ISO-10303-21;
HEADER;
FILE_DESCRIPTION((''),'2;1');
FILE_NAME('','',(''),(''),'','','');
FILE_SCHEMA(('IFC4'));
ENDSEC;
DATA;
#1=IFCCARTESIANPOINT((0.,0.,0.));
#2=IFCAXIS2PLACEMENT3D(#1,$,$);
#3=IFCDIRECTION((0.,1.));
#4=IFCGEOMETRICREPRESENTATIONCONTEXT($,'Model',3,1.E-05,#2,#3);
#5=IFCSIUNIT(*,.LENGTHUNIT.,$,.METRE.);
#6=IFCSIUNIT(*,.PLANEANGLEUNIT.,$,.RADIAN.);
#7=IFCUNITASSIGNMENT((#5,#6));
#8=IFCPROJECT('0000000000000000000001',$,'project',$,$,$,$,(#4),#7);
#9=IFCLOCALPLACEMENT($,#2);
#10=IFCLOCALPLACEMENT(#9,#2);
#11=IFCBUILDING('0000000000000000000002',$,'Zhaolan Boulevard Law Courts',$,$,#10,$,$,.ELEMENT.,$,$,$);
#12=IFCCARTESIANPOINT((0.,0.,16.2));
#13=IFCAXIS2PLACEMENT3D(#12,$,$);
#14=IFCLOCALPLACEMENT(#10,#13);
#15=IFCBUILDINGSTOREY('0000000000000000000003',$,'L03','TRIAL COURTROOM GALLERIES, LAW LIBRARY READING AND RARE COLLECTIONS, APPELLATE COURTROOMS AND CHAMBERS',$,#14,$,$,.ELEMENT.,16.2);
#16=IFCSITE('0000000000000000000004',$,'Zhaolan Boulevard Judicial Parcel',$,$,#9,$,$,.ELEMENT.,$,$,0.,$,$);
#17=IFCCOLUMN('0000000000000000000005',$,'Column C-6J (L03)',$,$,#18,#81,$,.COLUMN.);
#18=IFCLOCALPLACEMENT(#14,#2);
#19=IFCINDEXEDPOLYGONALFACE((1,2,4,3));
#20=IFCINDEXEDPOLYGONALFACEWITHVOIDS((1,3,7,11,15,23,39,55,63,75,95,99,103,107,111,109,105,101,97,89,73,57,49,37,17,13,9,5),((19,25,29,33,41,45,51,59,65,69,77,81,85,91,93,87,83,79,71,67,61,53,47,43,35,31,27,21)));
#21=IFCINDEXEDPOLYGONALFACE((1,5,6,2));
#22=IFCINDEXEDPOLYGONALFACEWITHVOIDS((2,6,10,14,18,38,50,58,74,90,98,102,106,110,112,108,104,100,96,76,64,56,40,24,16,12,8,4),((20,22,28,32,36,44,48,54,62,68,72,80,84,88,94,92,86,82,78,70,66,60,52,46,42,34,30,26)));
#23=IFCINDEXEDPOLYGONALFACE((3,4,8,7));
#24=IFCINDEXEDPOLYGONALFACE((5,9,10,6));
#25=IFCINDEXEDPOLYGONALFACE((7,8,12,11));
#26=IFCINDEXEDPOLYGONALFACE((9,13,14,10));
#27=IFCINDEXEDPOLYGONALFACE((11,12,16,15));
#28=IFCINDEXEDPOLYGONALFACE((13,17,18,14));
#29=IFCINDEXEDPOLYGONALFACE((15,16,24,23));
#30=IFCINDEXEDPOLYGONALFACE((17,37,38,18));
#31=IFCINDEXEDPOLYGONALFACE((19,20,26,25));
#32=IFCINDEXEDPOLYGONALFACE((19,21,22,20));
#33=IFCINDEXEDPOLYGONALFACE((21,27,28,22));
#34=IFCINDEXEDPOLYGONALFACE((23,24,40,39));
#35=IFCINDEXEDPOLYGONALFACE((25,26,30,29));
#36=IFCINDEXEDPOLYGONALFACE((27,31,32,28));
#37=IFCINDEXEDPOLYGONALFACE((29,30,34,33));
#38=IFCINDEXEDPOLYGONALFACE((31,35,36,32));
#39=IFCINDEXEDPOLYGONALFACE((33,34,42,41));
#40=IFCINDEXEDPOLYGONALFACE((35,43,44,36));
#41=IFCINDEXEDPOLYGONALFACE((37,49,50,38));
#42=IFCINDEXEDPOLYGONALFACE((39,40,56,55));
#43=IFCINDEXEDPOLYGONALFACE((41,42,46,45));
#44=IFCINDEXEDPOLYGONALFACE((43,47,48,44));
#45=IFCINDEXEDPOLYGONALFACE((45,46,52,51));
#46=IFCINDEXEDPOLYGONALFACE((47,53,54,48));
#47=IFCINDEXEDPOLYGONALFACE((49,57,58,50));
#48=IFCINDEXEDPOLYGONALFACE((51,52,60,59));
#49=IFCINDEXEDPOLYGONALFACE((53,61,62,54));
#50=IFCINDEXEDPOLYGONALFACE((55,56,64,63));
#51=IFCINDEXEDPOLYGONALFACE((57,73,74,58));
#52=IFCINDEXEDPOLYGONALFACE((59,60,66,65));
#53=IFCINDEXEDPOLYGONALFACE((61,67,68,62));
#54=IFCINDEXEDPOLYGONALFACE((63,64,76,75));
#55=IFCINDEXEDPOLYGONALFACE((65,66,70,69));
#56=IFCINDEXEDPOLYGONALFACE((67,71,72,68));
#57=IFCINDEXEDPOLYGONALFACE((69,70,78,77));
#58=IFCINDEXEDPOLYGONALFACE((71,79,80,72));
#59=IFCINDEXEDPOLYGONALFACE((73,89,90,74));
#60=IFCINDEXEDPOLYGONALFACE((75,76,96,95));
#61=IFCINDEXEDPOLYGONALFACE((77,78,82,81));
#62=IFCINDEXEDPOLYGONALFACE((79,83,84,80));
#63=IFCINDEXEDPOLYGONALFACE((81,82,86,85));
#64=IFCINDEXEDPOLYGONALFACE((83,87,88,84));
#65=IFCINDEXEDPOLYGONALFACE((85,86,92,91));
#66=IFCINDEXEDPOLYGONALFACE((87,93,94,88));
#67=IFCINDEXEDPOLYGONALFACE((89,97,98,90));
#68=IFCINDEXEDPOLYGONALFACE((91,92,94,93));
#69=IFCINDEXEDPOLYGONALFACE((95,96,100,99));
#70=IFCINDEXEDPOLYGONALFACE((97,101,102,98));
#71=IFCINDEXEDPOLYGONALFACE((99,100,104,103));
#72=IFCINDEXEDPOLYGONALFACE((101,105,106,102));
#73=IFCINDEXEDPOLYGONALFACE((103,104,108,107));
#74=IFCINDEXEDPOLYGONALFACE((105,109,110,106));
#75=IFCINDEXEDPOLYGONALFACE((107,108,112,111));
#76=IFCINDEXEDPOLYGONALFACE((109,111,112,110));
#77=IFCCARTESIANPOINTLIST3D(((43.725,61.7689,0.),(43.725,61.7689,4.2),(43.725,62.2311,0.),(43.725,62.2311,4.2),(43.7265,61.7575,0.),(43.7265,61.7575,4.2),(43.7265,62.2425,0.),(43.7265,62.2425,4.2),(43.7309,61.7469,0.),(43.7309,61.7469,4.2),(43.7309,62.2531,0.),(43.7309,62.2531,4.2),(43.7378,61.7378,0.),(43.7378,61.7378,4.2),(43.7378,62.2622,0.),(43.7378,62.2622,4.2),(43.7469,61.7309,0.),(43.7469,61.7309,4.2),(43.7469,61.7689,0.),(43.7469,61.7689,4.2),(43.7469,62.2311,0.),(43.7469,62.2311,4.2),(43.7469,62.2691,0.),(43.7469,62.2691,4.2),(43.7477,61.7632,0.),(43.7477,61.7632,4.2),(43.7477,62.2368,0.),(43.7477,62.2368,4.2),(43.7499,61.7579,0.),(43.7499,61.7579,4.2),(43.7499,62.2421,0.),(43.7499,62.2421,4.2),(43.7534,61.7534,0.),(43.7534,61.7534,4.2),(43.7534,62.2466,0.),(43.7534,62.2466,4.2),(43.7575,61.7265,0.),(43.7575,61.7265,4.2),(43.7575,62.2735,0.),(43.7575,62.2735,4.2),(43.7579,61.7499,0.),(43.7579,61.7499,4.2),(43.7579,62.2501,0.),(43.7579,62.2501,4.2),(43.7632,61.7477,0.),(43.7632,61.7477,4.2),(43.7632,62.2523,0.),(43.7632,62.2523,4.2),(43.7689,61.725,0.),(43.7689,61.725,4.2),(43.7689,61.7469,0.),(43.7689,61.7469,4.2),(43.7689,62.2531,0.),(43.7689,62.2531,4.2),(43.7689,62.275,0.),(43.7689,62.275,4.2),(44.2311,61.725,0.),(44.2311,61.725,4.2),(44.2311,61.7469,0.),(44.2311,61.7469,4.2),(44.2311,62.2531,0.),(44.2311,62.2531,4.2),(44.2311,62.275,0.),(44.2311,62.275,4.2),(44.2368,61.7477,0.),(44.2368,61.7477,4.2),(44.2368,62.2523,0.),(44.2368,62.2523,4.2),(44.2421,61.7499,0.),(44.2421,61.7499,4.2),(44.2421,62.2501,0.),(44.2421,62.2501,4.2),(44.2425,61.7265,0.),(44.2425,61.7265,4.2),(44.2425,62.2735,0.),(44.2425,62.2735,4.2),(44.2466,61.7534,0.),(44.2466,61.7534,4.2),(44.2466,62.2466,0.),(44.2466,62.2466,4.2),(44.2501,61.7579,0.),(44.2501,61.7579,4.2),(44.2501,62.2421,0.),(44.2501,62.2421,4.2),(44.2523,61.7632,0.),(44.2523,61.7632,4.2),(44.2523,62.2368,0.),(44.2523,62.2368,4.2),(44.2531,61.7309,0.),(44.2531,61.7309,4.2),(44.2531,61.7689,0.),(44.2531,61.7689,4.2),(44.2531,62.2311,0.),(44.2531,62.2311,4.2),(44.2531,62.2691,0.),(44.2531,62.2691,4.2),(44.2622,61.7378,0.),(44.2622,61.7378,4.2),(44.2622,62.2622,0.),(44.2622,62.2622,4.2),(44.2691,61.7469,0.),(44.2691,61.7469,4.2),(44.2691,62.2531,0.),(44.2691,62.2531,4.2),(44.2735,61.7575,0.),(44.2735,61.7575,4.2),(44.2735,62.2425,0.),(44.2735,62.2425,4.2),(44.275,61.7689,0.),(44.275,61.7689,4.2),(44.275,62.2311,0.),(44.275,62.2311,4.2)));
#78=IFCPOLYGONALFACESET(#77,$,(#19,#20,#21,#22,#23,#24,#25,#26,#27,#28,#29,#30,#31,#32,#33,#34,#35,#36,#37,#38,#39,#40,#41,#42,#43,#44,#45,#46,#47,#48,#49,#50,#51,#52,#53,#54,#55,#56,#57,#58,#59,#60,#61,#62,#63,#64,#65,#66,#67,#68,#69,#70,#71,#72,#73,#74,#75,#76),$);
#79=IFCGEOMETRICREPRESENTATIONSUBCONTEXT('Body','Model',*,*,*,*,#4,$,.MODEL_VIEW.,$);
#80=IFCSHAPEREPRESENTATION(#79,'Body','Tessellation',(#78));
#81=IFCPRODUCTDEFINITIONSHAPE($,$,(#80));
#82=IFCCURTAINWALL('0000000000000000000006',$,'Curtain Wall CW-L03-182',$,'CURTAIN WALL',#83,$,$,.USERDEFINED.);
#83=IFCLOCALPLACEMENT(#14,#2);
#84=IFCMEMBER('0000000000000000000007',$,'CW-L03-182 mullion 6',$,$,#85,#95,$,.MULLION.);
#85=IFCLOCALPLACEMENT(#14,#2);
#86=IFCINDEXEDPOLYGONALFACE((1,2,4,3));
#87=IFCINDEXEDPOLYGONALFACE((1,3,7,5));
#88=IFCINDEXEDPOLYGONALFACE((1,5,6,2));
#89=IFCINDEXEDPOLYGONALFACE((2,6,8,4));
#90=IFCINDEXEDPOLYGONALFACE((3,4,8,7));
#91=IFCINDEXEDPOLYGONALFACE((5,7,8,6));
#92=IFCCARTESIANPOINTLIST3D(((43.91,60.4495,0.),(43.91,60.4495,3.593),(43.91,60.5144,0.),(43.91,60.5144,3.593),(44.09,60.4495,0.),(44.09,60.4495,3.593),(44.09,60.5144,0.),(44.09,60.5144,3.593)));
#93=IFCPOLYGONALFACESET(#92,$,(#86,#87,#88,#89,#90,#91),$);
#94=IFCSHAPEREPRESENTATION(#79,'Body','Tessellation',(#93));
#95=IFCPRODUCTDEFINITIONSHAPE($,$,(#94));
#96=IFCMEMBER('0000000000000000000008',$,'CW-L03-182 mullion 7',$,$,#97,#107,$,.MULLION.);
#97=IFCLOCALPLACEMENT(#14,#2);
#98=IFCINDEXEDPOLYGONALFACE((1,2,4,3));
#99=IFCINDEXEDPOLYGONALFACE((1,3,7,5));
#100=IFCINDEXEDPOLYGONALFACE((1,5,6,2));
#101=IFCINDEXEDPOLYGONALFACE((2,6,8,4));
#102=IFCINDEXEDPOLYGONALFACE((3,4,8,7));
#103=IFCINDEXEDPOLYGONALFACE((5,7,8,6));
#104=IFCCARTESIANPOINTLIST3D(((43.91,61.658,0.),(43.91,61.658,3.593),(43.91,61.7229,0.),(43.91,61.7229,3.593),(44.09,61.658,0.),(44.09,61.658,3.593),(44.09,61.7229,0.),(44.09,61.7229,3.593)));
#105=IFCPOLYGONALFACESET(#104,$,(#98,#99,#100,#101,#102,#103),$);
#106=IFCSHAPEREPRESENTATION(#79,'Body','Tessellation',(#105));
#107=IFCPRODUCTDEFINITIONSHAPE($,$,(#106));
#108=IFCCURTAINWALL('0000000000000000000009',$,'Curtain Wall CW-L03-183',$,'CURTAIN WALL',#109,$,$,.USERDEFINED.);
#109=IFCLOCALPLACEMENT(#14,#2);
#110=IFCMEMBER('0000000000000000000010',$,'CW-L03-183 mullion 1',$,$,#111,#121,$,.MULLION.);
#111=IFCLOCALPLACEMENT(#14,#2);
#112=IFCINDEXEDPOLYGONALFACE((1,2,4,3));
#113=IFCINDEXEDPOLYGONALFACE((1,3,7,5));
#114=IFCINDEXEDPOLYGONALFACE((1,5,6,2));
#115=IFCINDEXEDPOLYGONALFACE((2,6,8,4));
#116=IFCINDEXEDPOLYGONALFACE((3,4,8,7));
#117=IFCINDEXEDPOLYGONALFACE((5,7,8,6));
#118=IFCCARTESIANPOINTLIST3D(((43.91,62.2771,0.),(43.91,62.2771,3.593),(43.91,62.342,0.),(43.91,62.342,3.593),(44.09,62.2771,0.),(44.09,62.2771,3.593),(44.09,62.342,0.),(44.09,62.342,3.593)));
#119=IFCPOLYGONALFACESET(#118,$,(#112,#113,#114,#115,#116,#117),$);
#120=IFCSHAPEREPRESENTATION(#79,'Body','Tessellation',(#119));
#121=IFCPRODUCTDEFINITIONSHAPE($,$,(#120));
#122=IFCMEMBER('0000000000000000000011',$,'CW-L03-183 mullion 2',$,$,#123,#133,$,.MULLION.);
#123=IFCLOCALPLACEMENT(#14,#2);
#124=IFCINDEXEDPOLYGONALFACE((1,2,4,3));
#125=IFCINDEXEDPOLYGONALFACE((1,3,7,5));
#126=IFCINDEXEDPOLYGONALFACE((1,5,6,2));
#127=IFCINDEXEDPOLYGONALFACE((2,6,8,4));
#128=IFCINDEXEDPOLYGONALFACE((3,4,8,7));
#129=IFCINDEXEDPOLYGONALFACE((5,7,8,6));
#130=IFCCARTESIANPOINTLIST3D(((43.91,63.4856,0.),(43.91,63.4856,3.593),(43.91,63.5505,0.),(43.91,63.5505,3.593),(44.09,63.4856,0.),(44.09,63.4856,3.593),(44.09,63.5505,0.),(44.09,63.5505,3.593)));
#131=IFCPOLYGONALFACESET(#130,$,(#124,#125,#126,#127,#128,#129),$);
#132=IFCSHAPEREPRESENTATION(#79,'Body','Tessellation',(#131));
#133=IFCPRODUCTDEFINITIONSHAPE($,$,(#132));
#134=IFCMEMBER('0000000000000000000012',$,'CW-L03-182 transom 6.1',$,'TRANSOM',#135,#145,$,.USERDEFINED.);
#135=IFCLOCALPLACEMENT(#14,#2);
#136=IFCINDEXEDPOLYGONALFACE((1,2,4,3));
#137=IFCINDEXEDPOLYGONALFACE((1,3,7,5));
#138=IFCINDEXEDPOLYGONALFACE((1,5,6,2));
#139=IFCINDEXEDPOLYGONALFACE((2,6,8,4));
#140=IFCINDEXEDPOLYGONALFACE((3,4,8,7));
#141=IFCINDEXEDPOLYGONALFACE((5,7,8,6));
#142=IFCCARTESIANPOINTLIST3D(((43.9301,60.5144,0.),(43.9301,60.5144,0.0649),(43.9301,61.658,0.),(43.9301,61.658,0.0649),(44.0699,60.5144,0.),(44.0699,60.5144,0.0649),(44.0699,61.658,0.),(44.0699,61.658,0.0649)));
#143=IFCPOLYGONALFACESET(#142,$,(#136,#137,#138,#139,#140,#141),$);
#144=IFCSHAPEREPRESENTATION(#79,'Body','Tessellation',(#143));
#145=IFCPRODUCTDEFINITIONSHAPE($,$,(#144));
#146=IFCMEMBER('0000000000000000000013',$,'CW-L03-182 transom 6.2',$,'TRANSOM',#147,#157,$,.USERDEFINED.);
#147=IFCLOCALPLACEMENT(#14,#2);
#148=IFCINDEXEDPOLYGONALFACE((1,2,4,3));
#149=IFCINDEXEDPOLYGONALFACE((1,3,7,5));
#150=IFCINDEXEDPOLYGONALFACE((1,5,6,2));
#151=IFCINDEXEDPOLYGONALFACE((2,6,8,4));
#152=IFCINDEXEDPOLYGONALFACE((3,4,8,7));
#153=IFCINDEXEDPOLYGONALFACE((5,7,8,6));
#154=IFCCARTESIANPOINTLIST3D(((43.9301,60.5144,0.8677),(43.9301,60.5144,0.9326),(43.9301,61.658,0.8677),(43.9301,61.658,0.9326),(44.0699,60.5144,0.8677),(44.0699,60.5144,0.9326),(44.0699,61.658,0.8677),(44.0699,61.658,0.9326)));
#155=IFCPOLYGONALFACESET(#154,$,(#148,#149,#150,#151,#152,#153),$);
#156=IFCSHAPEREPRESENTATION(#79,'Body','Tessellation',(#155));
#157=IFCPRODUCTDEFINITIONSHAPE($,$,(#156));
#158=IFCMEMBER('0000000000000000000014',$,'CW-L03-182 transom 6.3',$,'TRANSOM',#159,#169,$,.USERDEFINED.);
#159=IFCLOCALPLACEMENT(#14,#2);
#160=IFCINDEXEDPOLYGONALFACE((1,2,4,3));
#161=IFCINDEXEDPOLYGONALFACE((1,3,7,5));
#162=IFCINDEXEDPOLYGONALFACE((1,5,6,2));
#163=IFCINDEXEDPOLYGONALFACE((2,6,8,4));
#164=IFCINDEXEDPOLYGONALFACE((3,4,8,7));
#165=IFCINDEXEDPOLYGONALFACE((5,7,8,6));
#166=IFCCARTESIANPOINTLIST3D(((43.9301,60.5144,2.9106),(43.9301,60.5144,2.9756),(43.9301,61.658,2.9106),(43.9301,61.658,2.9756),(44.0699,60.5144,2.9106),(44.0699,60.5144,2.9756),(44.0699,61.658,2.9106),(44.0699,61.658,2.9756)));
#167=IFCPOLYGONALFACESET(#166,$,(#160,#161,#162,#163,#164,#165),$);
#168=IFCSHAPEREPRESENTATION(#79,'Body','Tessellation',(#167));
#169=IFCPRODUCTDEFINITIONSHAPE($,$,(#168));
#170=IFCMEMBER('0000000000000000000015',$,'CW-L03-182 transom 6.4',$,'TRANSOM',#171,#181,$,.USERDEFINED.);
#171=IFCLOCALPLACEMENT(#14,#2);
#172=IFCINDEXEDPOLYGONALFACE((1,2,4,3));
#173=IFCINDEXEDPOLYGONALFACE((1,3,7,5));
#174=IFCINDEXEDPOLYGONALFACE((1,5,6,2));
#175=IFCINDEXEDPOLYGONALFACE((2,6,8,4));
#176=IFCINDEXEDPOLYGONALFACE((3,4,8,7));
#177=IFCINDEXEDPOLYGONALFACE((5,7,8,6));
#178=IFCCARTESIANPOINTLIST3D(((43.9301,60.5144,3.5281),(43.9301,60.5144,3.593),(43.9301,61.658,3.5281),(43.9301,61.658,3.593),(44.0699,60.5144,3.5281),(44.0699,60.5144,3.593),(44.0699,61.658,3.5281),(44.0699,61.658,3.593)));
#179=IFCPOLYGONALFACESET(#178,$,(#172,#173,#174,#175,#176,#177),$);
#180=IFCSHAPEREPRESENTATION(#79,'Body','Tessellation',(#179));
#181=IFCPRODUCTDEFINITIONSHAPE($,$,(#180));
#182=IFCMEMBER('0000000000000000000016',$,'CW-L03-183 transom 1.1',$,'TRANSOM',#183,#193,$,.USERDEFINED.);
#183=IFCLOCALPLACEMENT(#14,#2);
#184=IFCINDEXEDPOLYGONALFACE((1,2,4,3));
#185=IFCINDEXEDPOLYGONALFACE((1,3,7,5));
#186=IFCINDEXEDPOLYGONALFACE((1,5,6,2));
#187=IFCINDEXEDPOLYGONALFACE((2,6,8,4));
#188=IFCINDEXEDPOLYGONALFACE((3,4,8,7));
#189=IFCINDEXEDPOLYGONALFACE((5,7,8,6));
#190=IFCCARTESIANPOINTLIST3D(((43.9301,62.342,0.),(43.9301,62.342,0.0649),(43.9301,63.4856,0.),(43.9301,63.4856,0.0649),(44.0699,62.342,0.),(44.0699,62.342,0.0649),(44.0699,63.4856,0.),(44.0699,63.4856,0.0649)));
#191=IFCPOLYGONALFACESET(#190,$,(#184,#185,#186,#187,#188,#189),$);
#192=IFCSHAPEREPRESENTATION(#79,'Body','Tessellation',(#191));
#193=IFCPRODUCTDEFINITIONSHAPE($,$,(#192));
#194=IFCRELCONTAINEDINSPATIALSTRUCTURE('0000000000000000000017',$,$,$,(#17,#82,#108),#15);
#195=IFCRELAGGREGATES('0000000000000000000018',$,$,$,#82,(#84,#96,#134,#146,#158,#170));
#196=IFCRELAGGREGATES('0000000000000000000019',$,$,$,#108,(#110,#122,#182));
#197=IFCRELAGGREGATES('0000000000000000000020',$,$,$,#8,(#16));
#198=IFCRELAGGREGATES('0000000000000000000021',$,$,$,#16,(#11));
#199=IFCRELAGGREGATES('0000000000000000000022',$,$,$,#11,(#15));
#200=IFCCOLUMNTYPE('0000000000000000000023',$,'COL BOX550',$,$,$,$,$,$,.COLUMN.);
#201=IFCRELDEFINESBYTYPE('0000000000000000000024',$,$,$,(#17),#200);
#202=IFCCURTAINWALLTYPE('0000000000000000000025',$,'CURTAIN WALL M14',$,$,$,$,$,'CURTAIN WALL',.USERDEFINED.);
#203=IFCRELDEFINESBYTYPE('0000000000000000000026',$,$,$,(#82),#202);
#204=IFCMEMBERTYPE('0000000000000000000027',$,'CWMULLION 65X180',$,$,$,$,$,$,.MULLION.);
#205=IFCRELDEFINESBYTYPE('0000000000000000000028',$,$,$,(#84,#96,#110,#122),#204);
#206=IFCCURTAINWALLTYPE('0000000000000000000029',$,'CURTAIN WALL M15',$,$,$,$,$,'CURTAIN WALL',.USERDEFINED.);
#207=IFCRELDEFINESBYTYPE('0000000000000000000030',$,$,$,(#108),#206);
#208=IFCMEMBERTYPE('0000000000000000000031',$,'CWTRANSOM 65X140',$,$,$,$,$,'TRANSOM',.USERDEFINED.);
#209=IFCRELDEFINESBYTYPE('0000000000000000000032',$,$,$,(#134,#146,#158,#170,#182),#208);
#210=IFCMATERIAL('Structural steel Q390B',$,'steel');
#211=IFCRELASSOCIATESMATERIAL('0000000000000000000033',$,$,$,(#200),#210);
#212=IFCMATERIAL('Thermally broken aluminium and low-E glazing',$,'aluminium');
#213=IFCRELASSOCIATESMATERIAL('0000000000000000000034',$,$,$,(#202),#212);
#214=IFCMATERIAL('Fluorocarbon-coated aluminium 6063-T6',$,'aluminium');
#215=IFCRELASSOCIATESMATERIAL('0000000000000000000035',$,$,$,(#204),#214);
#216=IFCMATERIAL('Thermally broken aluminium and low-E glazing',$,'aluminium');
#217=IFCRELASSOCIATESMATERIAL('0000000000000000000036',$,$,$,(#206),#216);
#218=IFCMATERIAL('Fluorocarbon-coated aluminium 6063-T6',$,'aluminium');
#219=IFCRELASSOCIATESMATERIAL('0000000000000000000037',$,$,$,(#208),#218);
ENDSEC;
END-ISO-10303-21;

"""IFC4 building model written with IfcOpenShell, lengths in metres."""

from ifc_helpers import new_model, si_unit, direction, frame, origin, origin_2d, place, context, subcontext, project, spatial, rectangle, hollow_rectangle, extrude, material, material_profile, profile_set, type_object, element, aggregate, save


model = new_model("IFC4")

# Units and contexts
model_context = context("Model", 3, precision=1e-05, world=origin(), true_north=direction((0.0, 1.0)))
body_context = subcontext(model_context, "Body", "Model", "MODEL_VIEW")
ifc_project = project(units=[si_unit("LENGTHUNIT", "METRE"), si_unit("PLANEANGLEUNIT", "RADIAN")], contexts=[model_context])

# Site, building, storey
site_placement = place(None, origin())
site = spatial("IfcSite", under=ifc_project, at=site_placement, Name="Zhaolan Boulevard Judicial Parcel", CompositionType="ELEMENT", RefElevation=0.0)
building_placement = place(site_placement, origin())
building = spatial("IfcBuilding", under=site, at=building_placement, Name="Zhaolan Boulevard Law Courts", CompositionType="ELEMENT")
storey_placement = place(building_placement, frame((0.0, 0.0, 16.2)))
storey = spatial("IfcBuildingStorey", under=building, at=storey_placement, Name="L03", Description="TRIAL COURTROOM GALLERIES, LAW LIBRARY READING AND RARE COLLECTIONS, APPELLATE COURTROOMS AND CHAMBERS", CompositionType="ELEMENT", Elevation=16.2)

# Column
ifc_material_1 = material(Name="Structural steel Q390B", Category="steel")
ifc_material_profile_1 = material_profile(ifc_material_1, hollow_rectangle(XDim=0.55, YDim=0.55, WallThickness=0.022, InnerFilletRadius=0.022, OuterFilletRadius=0.0439, at=origin_2d()), Name="BOX550x550x22")
ifc_profile_set_1 = profile_set([ifc_material_profile_1], Name="Structural steel Q390B")
column_type = type_object("IfcColumnType", Name="COL BOX550", PredefinedType="COLUMN", material=ifc_profile_set_1)
column_placement = place(storey_placement, frame((44.0, 62.0, 0.0), z_axis=(0.0, 0.0, 1.0), x_axis=(1.0, 0.0, 0.0)))
element("IfcColumn", 1, at=column_placement, inside=storey, type_object=column_type, Name="Column C-6J (L03)", PredefinedType="COLUMN", context=body_context, shape_type="SweptSolid", body=[
    extrude(hollow_rectangle(XDim=0.55, YDim=0.55, WallThickness=0.022, InnerFilletRadius=0.022, OuterFilletRadius=0.0439, at=origin_2d()), origin(), (0.0, 0.0, 1.0), 4.2),
])

# Curtain walls, members
ifc_material_2 = material(Name="Thermally broken aluminium and low-E glazing", Category="aluminium")
curtain_wall_type_1 = type_object("IfcCurtainWallType", Name="CURTAIN WALL M14", ElementType="CURTAIN WALL", PredefinedType="USERDEFINED", material=ifc_material_2)
curtain_wall_1_placement = place(storey_placement, origin())
curtain_wall_1 = element("IfcCurtainWall", 2, at=curtain_wall_1_placement, inside=storey, type_object=curtain_wall_type_1, Name="Curtain Wall CW-L03-182", ObjectType="CURTAIN WALL", PredefinedType="USERDEFINED")
ifc_material_3 = material(Name="Fluorocarbon-coated aluminium 6063-T6", Category="aluminium")
ifc_material_profile_2 = material_profile(ifc_material_3, rectangle(XDim=0.1799, YDim=0.0649, at=origin_2d()), Name="AL65x180")
ifc_profile_set_2 = profile_set([ifc_material_profile_2], Name="Fluorocarbon-coated aluminium 6063-T6")
member_type_1 = type_object("IfcMemberType", Name="CWMULLION 65X180", PredefinedType="MULLION", material=ifc_profile_set_2)
member_1_placement = place(storey_placement, frame((44.0, 60.4819, 0.0), z_axis=(0.0, 0.0, 1.0), x_axis=(-1.0, 0.0, 0.0)))
member_1 = element("IfcMember", 3, at=member_1_placement, type_object=member_type_1, Name="CW-L03-182 mullion 6", PredefinedType="MULLION", context=body_context, shape_type="SweptSolid", body=[
    extrude(rectangle(XDim=0.1799, YDim=0.0649, at=origin_2d()), origin(), (0.0, 0.0, 1.0), 3.593),
])
member_2_placement = place(storey_placement, frame((44.0, 61.6904, 0.0), z_axis=(0.0, 0.0, 1.0), x_axis=(-1.0, 0.0, 0.0)))
member_2 = element("IfcMember", 4, at=member_2_placement, type_object=member_type_1, Name="CW-L03-182 mullion 7", PredefinedType="MULLION", context=body_context, shape_type="SweptSolid", body=[
    extrude(rectangle(XDim=0.1799, YDim=0.0649, at=origin_2d()), origin(), (0.0, 0.0, 1.0), 3.593),
])
ifc_material_4 = material(Name="Thermally broken aluminium and low-E glazing", Category="aluminium")
curtain_wall_type_2 = type_object("IfcCurtainWallType", Name="CURTAIN WALL M15", ElementType="CURTAIN WALL", PredefinedType="USERDEFINED", material=ifc_material_4)
curtain_wall_2_placement = place(storey_placement, origin())
curtain_wall_2 = element("IfcCurtainWall", 5, at=curtain_wall_2_placement, inside=storey, type_object=curtain_wall_type_2, Name="Curtain Wall CW-L03-183", ObjectType="CURTAIN WALL", PredefinedType="USERDEFINED")
member_3_placement = place(storey_placement, frame((44.0, 62.3096, 0.0), z_axis=(0.0, 0.0, 1.0), x_axis=(-1.0, 0.0, 0.0)))
member_3 = element("IfcMember", 6, at=member_3_placement, type_object=member_type_1, Name="CW-L03-183 mullion 1", PredefinedType="MULLION", context=body_context, shape_type="SweptSolid", body=[
    extrude(rectangle(XDim=0.1799, YDim=0.0649, at=origin_2d()), origin(), (0.0, 0.0, 1.0), 3.593),
])
member_4_placement = place(storey_placement, frame((44.0, 63.5181, 0.0), z_axis=(0.0, 0.0, 1.0), x_axis=(-1.0, 0.0, 0.0)))
member_4 = element("IfcMember", 7, at=member_4_placement, type_object=member_type_1, Name="CW-L03-183 mullion 2", PredefinedType="MULLION", context=body_context, shape_type="SweptSolid", body=[
    extrude(rectangle(XDim=0.1799, YDim=0.0649, at=origin_2d()), origin(), (0.0, 0.0, 1.0), 3.593),
])

# Members
ifc_material_5 = material(Name="Fluorocarbon-coated aluminium 6063-T6", Category="aluminium")
ifc_material_profile_3 = material_profile(ifc_material_5, rectangle(XDim=0.1399, YDim=0.0649, at=origin_2d()), Name="AL65x140")
ifc_profile_set_3 = profile_set([ifc_material_profile_3], Name="Fluorocarbon-coated aluminium 6063-T6")
member_type_2 = type_object("IfcMemberType", Name="CWTRANSOM 65X140", ElementType="TRANSOM", PredefinedType="USERDEFINED", material=ifc_profile_set_3)
member_5_placement = place(storey_placement, frame((44.0, 60.5144, 0.0325), z_axis=(0.0, 1.0, 0.0), x_axis=(-1.0, 0.0, 0.0)))
member_5 = element("IfcMember", 8, at=member_5_placement, type_object=member_type_2, Name="CW-L03-182 transom 6.1", ObjectType="TRANSOM", PredefinedType="USERDEFINED", context=body_context, shape_type="SweptSolid", body=[
    extrude(rectangle(XDim=0.1399, YDim=0.0649, at=origin_2d()), origin(), (0.0, 0.0, 1.0), 1.1436),
])
member_6_placement = place(storey_placement, frame((44.0, 60.5144, 0.9001), z_axis=(0.0, 1.0, 0.0), x_axis=(-1.0, 0.0, 0.0)))
member_6 = element("IfcMember", 9, at=member_6_placement, type_object=member_type_2, Name="CW-L03-182 transom 6.2", ObjectType="TRANSOM", PredefinedType="USERDEFINED", context=body_context, shape_type="SweptSolid", body=[
    extrude(rectangle(XDim=0.1399, YDim=0.0649, at=origin_2d()), origin(), (0.0, 0.0, 1.0), 1.1436),
])
member_7_placement = place(storey_placement, frame((44.0, 60.5144, 2.9431), z_axis=(0.0, 1.0, 0.0), x_axis=(-1.0, 0.0, 0.0)))
member_7 = element("IfcMember", 10, at=member_7_placement, type_object=member_type_2, Name="CW-L03-182 transom 6.3", ObjectType="TRANSOM", PredefinedType="USERDEFINED", context=body_context, shape_type="SweptSolid", body=[
    extrude(rectangle(XDim=0.1399, YDim=0.0649, at=origin_2d()), origin(), (0.0, 0.0, 1.0), 1.1436),
])
member_8_placement = place(storey_placement, frame((44.0, 60.5144, 3.5605), z_axis=(0.0, 1.0, 0.0), x_axis=(-1.0, 0.0, 0.0)))
member_8 = element("IfcMember", 11, at=member_8_placement, type_object=member_type_2, Name="CW-L03-182 transom 6.4", ObjectType="TRANSOM", PredefinedType="USERDEFINED", context=body_context, shape_type="SweptSolid", body=[
    extrude(rectangle(XDim=0.1399, YDim=0.0649, at=origin_2d()), origin(), (0.0, 0.0, 1.0), 1.1436),
])
member_9_placement = place(storey_placement, frame((44.0, 62.342, 0.0325), z_axis=(0.0, 1.0, 0.0), x_axis=(-1.0, 0.0, 0.0)))
member_9 = element("IfcMember", 12, at=member_9_placement, type_object=member_type_2, Name="CW-L03-183 transom 1.1", ObjectType="TRANSOM", PredefinedType="USERDEFINED", context=body_context, shape_type="SweptSolid", body=[
    extrude(rectangle(XDim=0.1399, YDim=0.0649, at=origin_2d()), origin(), (0.0, 0.0, 1.0), 1.1436),
])

aggregate(curtain_wall_1, [member_1, member_2, member_5, member_6, member_7, member_8])
aggregate(curtain_wall_2, [member_3, member_4, member_9])

save(model, "model.ifc")
